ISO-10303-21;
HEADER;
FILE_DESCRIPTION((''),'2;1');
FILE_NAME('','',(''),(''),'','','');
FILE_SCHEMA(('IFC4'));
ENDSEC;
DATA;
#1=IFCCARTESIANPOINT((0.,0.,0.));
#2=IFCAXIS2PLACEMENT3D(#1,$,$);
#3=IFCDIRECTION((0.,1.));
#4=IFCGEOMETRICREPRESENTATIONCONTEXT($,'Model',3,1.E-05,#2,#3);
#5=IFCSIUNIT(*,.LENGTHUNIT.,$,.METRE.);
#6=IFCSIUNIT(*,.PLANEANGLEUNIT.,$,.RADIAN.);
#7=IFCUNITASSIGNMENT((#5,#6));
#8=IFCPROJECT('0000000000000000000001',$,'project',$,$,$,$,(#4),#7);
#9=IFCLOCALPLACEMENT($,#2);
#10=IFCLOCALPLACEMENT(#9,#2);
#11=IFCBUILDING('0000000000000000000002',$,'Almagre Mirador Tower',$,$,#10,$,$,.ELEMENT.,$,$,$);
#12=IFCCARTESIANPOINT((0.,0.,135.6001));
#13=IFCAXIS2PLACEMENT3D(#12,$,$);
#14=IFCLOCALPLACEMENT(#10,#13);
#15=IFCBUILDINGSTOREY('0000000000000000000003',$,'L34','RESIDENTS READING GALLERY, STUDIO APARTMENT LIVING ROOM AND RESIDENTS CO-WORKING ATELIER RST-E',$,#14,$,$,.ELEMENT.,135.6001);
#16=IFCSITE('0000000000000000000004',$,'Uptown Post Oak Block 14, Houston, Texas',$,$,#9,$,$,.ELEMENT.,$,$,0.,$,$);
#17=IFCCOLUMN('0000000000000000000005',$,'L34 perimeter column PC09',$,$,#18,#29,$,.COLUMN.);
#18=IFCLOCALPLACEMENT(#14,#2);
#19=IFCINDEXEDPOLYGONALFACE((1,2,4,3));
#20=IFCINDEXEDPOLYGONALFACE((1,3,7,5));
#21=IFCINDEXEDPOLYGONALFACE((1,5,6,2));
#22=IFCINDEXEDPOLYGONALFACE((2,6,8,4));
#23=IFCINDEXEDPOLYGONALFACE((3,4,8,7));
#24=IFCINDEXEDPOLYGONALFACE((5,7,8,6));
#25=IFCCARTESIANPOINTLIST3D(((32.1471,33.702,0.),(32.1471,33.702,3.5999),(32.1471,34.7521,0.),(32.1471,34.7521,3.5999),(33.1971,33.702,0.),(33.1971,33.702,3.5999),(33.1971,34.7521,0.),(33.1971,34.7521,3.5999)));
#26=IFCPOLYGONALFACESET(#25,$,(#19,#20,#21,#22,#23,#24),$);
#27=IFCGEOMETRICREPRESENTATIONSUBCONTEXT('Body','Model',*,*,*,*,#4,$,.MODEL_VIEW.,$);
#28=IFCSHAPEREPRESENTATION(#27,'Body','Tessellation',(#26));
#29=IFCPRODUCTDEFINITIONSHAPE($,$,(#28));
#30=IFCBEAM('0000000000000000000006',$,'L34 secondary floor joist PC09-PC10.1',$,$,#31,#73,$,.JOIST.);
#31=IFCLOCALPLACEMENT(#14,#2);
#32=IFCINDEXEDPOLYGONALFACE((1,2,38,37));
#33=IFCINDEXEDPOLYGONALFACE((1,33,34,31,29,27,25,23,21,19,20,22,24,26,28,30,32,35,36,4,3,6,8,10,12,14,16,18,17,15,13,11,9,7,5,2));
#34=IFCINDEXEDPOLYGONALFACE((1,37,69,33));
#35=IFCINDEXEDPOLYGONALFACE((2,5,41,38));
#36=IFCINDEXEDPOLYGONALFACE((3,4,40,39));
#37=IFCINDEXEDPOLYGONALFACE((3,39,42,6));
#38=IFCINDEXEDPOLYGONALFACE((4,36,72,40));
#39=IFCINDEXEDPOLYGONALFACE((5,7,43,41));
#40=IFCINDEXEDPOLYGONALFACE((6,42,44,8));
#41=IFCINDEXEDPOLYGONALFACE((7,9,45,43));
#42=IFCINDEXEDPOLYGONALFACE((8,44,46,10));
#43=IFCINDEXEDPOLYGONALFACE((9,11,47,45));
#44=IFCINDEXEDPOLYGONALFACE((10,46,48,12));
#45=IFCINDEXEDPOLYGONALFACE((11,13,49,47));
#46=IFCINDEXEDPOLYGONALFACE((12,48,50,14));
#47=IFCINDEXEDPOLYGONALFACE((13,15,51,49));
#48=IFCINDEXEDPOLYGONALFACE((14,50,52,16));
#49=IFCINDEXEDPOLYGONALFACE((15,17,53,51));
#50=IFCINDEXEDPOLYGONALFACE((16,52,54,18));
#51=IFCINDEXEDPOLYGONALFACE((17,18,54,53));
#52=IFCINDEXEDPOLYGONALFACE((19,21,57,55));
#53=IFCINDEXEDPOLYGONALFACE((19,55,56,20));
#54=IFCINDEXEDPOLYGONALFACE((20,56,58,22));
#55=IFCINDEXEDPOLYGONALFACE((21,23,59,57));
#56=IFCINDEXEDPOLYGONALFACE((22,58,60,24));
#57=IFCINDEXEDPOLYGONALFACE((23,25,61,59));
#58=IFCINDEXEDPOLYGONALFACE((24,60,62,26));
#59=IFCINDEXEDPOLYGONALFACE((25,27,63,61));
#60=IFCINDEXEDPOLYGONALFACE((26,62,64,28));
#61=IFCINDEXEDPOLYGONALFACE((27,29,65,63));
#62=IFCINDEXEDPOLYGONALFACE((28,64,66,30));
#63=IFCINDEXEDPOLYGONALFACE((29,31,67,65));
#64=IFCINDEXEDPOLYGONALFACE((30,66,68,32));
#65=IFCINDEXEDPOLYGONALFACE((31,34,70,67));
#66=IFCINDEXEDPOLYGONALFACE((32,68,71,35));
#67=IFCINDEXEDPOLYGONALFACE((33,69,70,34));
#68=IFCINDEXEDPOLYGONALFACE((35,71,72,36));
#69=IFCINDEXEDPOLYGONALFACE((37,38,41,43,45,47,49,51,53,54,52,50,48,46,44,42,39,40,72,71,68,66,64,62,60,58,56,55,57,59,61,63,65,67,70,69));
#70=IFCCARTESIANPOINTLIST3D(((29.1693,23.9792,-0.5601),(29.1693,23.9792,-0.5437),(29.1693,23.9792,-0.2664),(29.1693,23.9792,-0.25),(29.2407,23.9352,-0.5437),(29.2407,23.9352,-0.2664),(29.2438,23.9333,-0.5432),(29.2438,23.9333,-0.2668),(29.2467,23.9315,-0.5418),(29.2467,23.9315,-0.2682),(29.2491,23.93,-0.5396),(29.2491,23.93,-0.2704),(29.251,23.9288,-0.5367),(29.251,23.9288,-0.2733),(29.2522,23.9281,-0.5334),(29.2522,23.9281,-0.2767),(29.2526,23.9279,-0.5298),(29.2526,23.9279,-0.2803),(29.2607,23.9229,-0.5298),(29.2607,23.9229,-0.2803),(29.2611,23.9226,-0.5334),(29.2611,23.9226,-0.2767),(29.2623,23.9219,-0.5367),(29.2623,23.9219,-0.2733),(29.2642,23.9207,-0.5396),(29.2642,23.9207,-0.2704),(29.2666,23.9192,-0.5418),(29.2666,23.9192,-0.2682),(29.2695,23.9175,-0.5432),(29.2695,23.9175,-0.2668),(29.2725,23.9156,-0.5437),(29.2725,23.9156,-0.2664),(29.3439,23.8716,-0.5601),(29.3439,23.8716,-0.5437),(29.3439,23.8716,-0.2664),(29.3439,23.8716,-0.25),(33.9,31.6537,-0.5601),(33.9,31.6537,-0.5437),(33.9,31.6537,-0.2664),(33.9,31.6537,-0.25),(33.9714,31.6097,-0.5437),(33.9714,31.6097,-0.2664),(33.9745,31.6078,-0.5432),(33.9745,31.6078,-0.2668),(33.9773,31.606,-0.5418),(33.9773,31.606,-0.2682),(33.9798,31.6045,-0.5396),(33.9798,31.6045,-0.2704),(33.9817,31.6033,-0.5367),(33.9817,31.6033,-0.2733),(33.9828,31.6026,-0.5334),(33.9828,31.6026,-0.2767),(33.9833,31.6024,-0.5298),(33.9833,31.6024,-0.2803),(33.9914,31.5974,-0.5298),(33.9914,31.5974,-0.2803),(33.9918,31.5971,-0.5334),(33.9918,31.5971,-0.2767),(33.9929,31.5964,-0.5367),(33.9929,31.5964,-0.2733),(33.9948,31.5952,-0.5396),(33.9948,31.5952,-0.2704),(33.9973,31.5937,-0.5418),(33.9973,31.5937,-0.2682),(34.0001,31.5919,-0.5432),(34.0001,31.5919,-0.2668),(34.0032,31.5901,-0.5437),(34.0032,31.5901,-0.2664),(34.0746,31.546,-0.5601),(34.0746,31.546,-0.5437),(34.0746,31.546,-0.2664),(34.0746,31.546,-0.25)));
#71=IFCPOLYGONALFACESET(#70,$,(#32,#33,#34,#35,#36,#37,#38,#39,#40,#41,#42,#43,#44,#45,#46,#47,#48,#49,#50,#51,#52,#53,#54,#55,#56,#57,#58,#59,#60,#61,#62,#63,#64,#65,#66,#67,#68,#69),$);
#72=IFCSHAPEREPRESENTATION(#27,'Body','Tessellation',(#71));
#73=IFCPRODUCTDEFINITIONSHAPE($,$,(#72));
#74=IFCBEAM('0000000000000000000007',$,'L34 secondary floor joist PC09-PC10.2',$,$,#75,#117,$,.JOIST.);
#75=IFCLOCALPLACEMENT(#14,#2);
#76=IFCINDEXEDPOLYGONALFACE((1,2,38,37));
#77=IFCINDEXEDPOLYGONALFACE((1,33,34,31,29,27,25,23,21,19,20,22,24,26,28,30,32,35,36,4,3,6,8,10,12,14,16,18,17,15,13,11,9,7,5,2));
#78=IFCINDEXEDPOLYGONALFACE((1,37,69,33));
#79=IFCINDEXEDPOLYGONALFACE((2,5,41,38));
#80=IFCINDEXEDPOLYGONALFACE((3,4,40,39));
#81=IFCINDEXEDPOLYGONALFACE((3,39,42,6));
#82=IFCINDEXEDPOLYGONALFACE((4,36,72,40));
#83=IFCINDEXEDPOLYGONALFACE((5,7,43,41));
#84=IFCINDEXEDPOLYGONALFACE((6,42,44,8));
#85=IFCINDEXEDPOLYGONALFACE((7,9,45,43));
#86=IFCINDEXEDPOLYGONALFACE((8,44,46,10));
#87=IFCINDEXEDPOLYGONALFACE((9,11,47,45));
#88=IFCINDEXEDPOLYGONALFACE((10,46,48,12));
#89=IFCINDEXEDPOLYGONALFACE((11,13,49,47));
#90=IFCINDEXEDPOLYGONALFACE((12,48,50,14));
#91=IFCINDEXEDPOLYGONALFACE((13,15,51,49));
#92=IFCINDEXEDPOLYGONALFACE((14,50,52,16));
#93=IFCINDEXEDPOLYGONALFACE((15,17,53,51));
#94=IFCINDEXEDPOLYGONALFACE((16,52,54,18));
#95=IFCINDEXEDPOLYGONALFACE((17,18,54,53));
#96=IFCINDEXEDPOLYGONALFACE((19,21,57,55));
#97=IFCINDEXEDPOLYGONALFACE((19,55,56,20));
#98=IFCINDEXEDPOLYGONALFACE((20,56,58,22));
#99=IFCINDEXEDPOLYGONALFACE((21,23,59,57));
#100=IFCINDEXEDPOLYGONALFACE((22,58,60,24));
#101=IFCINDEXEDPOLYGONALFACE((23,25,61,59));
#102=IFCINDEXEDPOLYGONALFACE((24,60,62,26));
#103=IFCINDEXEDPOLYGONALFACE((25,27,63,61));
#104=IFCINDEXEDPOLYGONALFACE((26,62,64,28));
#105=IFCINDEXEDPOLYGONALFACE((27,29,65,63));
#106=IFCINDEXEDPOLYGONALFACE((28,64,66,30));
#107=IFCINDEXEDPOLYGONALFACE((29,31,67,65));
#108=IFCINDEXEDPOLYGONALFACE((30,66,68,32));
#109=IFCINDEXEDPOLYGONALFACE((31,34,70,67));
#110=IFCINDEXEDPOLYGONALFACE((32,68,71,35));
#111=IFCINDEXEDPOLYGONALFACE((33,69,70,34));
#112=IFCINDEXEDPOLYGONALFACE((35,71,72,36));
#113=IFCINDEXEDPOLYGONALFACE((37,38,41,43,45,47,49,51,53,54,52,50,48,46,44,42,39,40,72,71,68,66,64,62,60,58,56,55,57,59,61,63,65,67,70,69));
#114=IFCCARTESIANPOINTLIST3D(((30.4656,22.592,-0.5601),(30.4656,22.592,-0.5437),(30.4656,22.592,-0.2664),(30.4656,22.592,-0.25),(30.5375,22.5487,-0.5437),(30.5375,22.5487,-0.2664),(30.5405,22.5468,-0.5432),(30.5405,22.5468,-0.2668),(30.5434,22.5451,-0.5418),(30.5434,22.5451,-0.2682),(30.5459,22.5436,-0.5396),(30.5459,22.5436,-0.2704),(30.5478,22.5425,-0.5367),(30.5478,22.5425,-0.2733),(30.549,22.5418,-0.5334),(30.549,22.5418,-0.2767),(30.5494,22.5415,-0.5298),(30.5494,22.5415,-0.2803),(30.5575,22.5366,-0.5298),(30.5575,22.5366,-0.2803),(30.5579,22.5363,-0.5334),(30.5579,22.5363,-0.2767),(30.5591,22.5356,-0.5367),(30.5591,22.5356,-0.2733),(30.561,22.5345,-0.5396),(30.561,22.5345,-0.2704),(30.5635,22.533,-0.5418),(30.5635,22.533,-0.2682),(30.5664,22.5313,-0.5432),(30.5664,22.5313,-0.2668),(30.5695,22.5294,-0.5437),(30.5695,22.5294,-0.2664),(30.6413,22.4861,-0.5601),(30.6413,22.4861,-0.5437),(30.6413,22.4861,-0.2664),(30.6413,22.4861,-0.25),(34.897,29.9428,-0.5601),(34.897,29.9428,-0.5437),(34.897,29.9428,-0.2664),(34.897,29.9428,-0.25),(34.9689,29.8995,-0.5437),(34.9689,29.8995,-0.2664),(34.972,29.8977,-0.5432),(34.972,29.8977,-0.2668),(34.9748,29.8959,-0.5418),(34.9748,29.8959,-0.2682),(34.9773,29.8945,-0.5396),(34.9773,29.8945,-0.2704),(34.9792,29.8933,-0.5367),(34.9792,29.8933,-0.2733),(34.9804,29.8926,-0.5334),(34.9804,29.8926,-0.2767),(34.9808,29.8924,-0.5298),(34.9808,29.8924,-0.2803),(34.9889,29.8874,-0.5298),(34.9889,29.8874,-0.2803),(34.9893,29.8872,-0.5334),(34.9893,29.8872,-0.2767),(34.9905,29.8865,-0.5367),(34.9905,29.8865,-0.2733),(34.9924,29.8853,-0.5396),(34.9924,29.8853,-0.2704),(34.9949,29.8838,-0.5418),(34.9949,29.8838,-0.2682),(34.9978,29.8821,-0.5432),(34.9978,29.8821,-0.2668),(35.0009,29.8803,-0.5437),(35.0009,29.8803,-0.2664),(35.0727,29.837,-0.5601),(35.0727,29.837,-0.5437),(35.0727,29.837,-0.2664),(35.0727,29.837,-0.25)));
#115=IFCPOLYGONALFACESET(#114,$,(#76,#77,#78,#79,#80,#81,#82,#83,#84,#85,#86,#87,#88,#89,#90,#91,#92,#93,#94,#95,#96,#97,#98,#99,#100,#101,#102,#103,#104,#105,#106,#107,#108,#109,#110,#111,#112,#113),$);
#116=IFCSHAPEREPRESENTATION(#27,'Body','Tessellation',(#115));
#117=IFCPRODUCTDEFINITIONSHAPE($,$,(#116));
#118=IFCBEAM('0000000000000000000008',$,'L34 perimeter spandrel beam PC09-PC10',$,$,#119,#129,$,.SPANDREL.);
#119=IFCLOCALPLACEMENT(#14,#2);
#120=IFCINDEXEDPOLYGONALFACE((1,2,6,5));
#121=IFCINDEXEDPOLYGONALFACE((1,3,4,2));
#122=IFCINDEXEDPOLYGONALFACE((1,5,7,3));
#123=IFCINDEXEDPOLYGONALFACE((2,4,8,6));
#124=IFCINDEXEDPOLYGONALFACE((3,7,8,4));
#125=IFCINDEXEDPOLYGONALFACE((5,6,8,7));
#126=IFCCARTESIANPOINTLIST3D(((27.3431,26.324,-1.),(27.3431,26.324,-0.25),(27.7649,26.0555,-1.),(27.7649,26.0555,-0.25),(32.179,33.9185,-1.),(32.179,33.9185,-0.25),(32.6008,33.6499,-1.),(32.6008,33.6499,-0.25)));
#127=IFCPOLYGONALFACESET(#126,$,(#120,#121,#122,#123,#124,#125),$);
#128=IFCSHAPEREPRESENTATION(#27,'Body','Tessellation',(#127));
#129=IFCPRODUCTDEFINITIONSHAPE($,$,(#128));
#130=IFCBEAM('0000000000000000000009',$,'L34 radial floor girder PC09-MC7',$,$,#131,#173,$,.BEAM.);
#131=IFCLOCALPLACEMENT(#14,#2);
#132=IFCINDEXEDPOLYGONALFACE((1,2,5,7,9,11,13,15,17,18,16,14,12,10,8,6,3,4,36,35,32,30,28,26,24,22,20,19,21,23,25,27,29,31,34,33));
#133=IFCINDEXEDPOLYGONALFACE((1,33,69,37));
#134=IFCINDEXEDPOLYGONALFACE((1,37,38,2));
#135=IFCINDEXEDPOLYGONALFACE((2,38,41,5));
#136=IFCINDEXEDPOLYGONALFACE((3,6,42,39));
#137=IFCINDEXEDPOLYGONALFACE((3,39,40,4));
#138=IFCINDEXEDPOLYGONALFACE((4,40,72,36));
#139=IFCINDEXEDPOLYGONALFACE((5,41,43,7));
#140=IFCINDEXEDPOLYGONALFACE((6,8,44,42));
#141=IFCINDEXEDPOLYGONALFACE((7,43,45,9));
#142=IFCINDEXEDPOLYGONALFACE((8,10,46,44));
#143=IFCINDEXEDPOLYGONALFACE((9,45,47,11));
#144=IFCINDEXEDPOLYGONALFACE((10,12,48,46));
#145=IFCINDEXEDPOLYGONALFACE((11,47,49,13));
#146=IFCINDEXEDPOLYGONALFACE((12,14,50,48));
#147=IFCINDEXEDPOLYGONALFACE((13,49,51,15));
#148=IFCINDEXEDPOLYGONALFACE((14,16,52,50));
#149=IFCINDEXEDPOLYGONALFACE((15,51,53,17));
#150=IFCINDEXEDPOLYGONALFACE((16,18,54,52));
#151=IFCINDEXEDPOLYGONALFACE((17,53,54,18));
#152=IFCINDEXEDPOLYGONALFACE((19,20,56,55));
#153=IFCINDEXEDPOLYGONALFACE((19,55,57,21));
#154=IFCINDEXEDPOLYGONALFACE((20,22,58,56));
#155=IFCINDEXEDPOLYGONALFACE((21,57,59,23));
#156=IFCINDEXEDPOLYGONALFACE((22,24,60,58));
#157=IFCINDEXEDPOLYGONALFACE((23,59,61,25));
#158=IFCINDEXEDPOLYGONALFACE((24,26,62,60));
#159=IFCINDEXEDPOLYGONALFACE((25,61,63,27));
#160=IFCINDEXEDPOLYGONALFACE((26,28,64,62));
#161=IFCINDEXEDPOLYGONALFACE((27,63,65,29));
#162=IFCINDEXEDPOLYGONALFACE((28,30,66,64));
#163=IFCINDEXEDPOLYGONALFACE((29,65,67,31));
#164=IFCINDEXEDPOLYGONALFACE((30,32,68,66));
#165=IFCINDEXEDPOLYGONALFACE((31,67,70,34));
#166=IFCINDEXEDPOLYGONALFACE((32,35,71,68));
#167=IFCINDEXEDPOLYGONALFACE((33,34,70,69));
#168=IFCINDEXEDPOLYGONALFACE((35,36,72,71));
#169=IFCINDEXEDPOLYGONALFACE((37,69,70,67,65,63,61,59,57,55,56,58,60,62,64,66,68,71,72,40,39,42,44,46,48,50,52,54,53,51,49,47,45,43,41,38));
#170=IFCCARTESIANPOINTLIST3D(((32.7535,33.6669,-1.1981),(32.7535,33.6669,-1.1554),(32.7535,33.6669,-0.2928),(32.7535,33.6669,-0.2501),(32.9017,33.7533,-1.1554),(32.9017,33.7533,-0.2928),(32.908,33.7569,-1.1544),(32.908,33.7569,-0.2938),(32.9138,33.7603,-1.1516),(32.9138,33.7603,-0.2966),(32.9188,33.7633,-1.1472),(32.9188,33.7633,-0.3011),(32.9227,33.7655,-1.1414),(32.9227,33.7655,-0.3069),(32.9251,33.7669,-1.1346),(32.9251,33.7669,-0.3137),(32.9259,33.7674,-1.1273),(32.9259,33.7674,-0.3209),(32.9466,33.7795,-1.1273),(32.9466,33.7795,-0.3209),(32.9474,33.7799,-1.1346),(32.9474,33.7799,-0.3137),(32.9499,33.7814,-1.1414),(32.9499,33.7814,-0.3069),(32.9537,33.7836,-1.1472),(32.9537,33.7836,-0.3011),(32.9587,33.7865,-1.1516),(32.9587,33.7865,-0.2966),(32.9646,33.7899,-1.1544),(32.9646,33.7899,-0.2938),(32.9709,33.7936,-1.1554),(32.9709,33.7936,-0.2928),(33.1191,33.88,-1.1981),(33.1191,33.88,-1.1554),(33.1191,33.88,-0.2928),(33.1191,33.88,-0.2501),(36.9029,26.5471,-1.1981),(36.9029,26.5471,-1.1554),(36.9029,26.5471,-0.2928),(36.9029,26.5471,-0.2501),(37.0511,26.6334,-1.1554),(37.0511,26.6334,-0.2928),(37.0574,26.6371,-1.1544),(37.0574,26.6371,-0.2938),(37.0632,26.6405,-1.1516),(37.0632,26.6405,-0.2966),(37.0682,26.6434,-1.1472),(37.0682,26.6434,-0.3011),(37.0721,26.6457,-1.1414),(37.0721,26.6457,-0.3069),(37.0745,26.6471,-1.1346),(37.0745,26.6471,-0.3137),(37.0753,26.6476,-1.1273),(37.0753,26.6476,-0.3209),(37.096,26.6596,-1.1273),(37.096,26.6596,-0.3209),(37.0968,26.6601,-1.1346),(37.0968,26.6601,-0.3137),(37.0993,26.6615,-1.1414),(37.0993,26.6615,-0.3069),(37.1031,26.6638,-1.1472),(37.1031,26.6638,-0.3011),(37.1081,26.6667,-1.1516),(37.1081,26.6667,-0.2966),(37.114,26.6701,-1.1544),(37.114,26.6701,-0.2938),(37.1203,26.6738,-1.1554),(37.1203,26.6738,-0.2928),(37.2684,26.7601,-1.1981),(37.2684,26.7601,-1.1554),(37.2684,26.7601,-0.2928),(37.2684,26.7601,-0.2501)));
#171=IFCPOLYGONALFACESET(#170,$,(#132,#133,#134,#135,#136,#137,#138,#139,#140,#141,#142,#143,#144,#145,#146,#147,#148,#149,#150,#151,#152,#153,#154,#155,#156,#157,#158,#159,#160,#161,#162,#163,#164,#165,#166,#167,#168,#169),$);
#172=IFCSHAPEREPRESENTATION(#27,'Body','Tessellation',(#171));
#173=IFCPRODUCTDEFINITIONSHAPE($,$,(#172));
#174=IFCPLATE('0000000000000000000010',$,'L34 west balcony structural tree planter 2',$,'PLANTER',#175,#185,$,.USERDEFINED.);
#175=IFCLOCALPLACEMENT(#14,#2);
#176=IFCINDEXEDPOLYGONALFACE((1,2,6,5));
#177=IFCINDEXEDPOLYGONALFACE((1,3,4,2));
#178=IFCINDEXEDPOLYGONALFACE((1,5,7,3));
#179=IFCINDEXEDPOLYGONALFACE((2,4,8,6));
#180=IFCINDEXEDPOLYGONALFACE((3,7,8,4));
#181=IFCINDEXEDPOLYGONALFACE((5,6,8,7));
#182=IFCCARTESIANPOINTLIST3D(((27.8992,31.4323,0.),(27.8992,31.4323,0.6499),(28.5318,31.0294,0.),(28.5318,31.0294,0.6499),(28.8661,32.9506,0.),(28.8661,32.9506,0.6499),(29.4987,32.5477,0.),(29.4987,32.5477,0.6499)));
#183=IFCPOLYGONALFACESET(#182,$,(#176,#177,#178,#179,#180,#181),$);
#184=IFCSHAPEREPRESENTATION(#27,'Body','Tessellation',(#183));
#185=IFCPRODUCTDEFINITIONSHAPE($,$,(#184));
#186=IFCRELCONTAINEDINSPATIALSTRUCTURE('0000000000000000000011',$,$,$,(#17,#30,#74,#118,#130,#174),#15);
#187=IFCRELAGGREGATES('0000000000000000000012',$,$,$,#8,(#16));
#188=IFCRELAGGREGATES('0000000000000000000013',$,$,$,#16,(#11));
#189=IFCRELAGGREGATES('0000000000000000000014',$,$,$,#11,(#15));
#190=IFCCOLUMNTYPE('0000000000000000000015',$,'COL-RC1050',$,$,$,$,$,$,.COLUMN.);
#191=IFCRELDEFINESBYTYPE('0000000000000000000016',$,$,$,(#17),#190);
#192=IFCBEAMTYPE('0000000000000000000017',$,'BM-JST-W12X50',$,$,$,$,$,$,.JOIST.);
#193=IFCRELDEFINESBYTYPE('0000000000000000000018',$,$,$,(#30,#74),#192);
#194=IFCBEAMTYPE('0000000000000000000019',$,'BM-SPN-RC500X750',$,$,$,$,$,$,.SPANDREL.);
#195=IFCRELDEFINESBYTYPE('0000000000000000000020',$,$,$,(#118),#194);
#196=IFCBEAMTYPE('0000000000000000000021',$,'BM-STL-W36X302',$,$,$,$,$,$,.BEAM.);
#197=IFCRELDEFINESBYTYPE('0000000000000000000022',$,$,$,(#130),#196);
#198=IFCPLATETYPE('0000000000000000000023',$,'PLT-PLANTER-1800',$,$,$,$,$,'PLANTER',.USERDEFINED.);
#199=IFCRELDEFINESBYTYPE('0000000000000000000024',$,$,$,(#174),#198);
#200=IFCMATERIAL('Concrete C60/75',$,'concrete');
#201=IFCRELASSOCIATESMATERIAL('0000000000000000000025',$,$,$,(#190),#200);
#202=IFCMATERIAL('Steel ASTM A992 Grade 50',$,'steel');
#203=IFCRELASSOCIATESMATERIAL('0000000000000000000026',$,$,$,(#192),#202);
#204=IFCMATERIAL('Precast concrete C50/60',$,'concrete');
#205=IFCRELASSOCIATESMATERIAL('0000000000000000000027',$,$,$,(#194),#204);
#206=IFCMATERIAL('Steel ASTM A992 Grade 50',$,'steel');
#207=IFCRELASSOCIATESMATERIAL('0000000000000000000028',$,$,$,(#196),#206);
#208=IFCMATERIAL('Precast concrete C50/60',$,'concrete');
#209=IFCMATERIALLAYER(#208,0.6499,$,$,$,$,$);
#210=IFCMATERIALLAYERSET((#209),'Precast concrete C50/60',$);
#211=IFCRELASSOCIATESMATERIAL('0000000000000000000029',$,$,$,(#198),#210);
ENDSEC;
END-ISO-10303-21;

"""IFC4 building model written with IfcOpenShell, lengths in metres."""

from ifc_helpers import new_model, si_unit, direction, frame, origin, origin_2d, place, context, subcontext, project, spatial, rectangle, i_section, extrude, material, layer, layer_set, material_profile, profile_set, type_object, element, save


model = new_model("IFC4")

# Units and contexts
model_context = context("Model", 3, precision=1e-05, world=origin(), true_north=direction((0.0, 1.0)))
body_context = subcontext(model_context, "Body", "Model", "MODEL_VIEW")
ifc_project = project(units=[si_unit("LENGTHUNIT", "METRE"), si_unit("PLANEANGLEUNIT", "RADIAN")], contexts=[model_context])

# Site, building, storey
site_placement = place(None, origin())
site = spatial("IfcSite", under=ifc_project, at=site_placement, Name="Uptown Post Oak Block 14, Houston, Texas", CompositionType="ELEMENT", RefElevation=0.0)
building_placement = place(site_placement, origin())
building = spatial("IfcBuilding", under=site, at=building_placement, Name="Almagre Mirador Tower", CompositionType="ELEMENT")
storey_placement = place(building_placement, frame((0.0, 0.0, 135.6001)))
storey = spatial("IfcBuildingStorey", under=building, at=storey_placement, Name="L34", Description="RESIDENTS READING GALLERY, STUDIO APARTMENT LIVING ROOM AND RESIDENTS CO-WORKING ATELIER RST-E", CompositionType="ELEMENT", Elevation=135.6001)

# Column
ifc_material_1 = material(Name="Concrete C60/75", Category="concrete")
ifc_material_profile_1 = material_profile(ifc_material_1, rectangle(XDim=1.05, YDim=1.05, at=origin_2d()), Name="RC1050X1050")
ifc_profile_set_1 = profile_set([ifc_material_profile_1], Name="Concrete C60/75")
column_type = type_object("IfcColumnType", Name="COL-RC1050", PredefinedType="COLUMN", material=ifc_profile_set_1)
column_placement = place(storey_placement, frame((32.6721, 34.2271, 0.0), z_axis=(0.0, 0.0, 1.0), x_axis=(1.0, 0.0, 0.0)))
element("IfcColumn", 1, at=column_placement, inside=storey, type_object=column_type, Name="L34 perimeter column PC09", PredefinedType="COLUMN", context=body_context, shape_type="SweptSolid", body=[
    extrude(rectangle(XDim=1.05, YDim=1.05, at=origin_2d()), origin(), (0.0, 0.0, 1.0), 3.5999),
])

# Beams
ifc_material_2 = material(Name="Steel ASTM A992 Grade 50", Category="steel")
ifc_material_profile_2 = material_profile(ifc_material_2, i_section(OverallWidth=0.2051, OverallDepth=0.3101, WebThickness=0.0095, FlangeThickness=0.0164, FilletRadius=0.0139, at=origin_2d()), Name="W12X50")
ifc_profile_set_2 = profile_set([ifc_material_profile_2], Name="Steel ASTM A992 Grade 50")
beam_type_1 = type_object("IfcBeamType", Name="BM-JST-W12X50", PredefinedType="JOIST", material=ifc_profile_set_2)
beam_1_placement = place(storey_placement, frame((33.9873, 31.5999, -0.405), z_axis=(-0.524733, -0.851267, 0.0), x_axis=(0.851267, -0.524733, 0.0)))
element("IfcBeam", 2, at=beam_1_placement, inside=storey, type_object=beam_type_1, Name="L34 secondary floor joist PC09-PC10.1", PredefinedType="JOIST", context=body_context, shape_type="SweptSolid", body=[
    extrude(i_section(OverallWidth=0.2051, OverallDepth=0.3101, WebThickness=0.0095, FlangeThickness=0.0164, FilletRadius=0.0139, at=origin_2d()), origin(), (0.0, 0.0, 1.0), 9.0154),
])
beam_2_placement = place(storey_placement, frame((34.9849, 29.8899, -0.405), z_axis=(-0.516285, -0.856417, 0.0), x_axis=(0.856417, -0.516285, 0.0)))
element("IfcBeam", 3, at=beam_2_placement, inside=storey, type_object=beam_type_1, Name="L34 secondary floor joist PC09-PC10.2", PredefinedType="JOIST", context=body_context, shape_type="SweptSolid", body=[
    extrude(i_section(OverallWidth=0.2051, OverallDepth=0.3101, WebThickness=0.0095, FlangeThickness=0.0164, FilletRadius=0.0139, at=origin_2d()), origin(), (0.0, 0.0, 1.0), 8.5833),
])
ifc_material_3 = material(Name="Precast concrete C50/60", Category="concrete")
ifc_material_profile_3 = material_profile(ifc_material_3, rectangle(XDim=0.5, YDim=0.75, at=origin_2d()), Name="RC500X750")
ifc_profile_set_3 = profile_set([ifc_material_profile_3], Name="Precast concrete C50/60")
beam_type_2 = type_object("IfcBeamType", Name="BM-SPN-RC500X750", PredefinedType="SPANDREL", material=ifc_profile_set_3)
beam_3_placement = place(storey_placement, frame((32.3899, 33.7842, -0.625), z_axis=(-0.537119, -0.843506, 0.0), x_axis=(0.843506, -0.537119, 0.0)))
element("IfcBeam", 4, at=beam_3_placement, inside=storey, type_object=beam_type_2, Name="L34 perimeter spandrel beam PC09-PC10", PredefinedType="SPANDREL", context=body_context, shape_type="SweptSolid", body=[
    extrude(rectangle(XDim=0.5, YDim=0.75, at=origin_2d()), origin(), (0.0, 0.0, 1.0), 9.0034),
])
ifc_material_4 = material(Name="Steel ASTM A992 Grade 50", Category="steel")
ifc_material_profile_4 = material_profile(ifc_material_4, i_section(OverallWidth=0.4231, OverallDepth=0.948, WebThickness=0.0239, FlangeThickness=0.0427, FilletRadius=0.0281, at=origin_2d()), Name="W36X302")
ifc_profile_set_4 = profile_set([ifc_material_profile_4], Name="Steel ASTM A992 Grade 50")
beam_type_3 = type_object("IfcBeamType", Name="BM-STL-W36X302", PredefinedType="BEAM", material=ifc_profile_set_4)
beam_4_placement = place(storey_placement, frame((32.9363, 33.7734, -0.7241), z_axis=(0.503523, -0.863982, 0.0), x_axis=(0.863982, 0.503523, 0.0)))
element("IfcBeam", 5, at=beam_4_placement, inside=storey, type_object=beam_type_3, Name="L34 radial floor girder PC09-MC7", PredefinedType="BEAM", context=body_context, shape_type="SweptSolid", body=[
    extrude(i_section(OverallWidth=0.4231, OverallDepth=0.948, WebThickness=0.0239, FlangeThickness=0.0427, FilletRadius=0.0281, at=origin_2d()), origin(), (0.0, 0.0, 1.0), 8.2407),
])

# Plate
ifc_material_5 = material(Name="Precast concrete C50/60", Category="concrete")
ifc_layer_1 = layer(ifc_material_5, 0.6499)
ifc_layer_set_1 = layer_set([ifc_layer_1], Name="Precast concrete C50/60")
plate_type = type_object("IfcPlateType", Name="PLT-PLANTER-1800", ElementType="PLANTER", PredefinedType="USERDEFINED", material=ifc_layer_set_1)
plate_placement = place(storey_placement, frame((28.699, 31.99, 0.0), z_axis=(0.0, 0.0, 1.0), x_axis=(-0.537138, -0.843495, 0.0)))
element("IfcPlate", 6, at=plate_placement, inside=storey, type_object=plate_type, Name="L34 west balcony structural tree planter 2", ObjectType="PLANTER", PredefinedType="USERDEFINED", context=body_context, shape_type="SweptSolid", body=[
    extrude(rectangle(XDim=1.8, YDim=0.75, at=origin_2d()), origin(), (0.0, 0.0, 1.0), 0.6499),
])

save(model, "model.ifc")
